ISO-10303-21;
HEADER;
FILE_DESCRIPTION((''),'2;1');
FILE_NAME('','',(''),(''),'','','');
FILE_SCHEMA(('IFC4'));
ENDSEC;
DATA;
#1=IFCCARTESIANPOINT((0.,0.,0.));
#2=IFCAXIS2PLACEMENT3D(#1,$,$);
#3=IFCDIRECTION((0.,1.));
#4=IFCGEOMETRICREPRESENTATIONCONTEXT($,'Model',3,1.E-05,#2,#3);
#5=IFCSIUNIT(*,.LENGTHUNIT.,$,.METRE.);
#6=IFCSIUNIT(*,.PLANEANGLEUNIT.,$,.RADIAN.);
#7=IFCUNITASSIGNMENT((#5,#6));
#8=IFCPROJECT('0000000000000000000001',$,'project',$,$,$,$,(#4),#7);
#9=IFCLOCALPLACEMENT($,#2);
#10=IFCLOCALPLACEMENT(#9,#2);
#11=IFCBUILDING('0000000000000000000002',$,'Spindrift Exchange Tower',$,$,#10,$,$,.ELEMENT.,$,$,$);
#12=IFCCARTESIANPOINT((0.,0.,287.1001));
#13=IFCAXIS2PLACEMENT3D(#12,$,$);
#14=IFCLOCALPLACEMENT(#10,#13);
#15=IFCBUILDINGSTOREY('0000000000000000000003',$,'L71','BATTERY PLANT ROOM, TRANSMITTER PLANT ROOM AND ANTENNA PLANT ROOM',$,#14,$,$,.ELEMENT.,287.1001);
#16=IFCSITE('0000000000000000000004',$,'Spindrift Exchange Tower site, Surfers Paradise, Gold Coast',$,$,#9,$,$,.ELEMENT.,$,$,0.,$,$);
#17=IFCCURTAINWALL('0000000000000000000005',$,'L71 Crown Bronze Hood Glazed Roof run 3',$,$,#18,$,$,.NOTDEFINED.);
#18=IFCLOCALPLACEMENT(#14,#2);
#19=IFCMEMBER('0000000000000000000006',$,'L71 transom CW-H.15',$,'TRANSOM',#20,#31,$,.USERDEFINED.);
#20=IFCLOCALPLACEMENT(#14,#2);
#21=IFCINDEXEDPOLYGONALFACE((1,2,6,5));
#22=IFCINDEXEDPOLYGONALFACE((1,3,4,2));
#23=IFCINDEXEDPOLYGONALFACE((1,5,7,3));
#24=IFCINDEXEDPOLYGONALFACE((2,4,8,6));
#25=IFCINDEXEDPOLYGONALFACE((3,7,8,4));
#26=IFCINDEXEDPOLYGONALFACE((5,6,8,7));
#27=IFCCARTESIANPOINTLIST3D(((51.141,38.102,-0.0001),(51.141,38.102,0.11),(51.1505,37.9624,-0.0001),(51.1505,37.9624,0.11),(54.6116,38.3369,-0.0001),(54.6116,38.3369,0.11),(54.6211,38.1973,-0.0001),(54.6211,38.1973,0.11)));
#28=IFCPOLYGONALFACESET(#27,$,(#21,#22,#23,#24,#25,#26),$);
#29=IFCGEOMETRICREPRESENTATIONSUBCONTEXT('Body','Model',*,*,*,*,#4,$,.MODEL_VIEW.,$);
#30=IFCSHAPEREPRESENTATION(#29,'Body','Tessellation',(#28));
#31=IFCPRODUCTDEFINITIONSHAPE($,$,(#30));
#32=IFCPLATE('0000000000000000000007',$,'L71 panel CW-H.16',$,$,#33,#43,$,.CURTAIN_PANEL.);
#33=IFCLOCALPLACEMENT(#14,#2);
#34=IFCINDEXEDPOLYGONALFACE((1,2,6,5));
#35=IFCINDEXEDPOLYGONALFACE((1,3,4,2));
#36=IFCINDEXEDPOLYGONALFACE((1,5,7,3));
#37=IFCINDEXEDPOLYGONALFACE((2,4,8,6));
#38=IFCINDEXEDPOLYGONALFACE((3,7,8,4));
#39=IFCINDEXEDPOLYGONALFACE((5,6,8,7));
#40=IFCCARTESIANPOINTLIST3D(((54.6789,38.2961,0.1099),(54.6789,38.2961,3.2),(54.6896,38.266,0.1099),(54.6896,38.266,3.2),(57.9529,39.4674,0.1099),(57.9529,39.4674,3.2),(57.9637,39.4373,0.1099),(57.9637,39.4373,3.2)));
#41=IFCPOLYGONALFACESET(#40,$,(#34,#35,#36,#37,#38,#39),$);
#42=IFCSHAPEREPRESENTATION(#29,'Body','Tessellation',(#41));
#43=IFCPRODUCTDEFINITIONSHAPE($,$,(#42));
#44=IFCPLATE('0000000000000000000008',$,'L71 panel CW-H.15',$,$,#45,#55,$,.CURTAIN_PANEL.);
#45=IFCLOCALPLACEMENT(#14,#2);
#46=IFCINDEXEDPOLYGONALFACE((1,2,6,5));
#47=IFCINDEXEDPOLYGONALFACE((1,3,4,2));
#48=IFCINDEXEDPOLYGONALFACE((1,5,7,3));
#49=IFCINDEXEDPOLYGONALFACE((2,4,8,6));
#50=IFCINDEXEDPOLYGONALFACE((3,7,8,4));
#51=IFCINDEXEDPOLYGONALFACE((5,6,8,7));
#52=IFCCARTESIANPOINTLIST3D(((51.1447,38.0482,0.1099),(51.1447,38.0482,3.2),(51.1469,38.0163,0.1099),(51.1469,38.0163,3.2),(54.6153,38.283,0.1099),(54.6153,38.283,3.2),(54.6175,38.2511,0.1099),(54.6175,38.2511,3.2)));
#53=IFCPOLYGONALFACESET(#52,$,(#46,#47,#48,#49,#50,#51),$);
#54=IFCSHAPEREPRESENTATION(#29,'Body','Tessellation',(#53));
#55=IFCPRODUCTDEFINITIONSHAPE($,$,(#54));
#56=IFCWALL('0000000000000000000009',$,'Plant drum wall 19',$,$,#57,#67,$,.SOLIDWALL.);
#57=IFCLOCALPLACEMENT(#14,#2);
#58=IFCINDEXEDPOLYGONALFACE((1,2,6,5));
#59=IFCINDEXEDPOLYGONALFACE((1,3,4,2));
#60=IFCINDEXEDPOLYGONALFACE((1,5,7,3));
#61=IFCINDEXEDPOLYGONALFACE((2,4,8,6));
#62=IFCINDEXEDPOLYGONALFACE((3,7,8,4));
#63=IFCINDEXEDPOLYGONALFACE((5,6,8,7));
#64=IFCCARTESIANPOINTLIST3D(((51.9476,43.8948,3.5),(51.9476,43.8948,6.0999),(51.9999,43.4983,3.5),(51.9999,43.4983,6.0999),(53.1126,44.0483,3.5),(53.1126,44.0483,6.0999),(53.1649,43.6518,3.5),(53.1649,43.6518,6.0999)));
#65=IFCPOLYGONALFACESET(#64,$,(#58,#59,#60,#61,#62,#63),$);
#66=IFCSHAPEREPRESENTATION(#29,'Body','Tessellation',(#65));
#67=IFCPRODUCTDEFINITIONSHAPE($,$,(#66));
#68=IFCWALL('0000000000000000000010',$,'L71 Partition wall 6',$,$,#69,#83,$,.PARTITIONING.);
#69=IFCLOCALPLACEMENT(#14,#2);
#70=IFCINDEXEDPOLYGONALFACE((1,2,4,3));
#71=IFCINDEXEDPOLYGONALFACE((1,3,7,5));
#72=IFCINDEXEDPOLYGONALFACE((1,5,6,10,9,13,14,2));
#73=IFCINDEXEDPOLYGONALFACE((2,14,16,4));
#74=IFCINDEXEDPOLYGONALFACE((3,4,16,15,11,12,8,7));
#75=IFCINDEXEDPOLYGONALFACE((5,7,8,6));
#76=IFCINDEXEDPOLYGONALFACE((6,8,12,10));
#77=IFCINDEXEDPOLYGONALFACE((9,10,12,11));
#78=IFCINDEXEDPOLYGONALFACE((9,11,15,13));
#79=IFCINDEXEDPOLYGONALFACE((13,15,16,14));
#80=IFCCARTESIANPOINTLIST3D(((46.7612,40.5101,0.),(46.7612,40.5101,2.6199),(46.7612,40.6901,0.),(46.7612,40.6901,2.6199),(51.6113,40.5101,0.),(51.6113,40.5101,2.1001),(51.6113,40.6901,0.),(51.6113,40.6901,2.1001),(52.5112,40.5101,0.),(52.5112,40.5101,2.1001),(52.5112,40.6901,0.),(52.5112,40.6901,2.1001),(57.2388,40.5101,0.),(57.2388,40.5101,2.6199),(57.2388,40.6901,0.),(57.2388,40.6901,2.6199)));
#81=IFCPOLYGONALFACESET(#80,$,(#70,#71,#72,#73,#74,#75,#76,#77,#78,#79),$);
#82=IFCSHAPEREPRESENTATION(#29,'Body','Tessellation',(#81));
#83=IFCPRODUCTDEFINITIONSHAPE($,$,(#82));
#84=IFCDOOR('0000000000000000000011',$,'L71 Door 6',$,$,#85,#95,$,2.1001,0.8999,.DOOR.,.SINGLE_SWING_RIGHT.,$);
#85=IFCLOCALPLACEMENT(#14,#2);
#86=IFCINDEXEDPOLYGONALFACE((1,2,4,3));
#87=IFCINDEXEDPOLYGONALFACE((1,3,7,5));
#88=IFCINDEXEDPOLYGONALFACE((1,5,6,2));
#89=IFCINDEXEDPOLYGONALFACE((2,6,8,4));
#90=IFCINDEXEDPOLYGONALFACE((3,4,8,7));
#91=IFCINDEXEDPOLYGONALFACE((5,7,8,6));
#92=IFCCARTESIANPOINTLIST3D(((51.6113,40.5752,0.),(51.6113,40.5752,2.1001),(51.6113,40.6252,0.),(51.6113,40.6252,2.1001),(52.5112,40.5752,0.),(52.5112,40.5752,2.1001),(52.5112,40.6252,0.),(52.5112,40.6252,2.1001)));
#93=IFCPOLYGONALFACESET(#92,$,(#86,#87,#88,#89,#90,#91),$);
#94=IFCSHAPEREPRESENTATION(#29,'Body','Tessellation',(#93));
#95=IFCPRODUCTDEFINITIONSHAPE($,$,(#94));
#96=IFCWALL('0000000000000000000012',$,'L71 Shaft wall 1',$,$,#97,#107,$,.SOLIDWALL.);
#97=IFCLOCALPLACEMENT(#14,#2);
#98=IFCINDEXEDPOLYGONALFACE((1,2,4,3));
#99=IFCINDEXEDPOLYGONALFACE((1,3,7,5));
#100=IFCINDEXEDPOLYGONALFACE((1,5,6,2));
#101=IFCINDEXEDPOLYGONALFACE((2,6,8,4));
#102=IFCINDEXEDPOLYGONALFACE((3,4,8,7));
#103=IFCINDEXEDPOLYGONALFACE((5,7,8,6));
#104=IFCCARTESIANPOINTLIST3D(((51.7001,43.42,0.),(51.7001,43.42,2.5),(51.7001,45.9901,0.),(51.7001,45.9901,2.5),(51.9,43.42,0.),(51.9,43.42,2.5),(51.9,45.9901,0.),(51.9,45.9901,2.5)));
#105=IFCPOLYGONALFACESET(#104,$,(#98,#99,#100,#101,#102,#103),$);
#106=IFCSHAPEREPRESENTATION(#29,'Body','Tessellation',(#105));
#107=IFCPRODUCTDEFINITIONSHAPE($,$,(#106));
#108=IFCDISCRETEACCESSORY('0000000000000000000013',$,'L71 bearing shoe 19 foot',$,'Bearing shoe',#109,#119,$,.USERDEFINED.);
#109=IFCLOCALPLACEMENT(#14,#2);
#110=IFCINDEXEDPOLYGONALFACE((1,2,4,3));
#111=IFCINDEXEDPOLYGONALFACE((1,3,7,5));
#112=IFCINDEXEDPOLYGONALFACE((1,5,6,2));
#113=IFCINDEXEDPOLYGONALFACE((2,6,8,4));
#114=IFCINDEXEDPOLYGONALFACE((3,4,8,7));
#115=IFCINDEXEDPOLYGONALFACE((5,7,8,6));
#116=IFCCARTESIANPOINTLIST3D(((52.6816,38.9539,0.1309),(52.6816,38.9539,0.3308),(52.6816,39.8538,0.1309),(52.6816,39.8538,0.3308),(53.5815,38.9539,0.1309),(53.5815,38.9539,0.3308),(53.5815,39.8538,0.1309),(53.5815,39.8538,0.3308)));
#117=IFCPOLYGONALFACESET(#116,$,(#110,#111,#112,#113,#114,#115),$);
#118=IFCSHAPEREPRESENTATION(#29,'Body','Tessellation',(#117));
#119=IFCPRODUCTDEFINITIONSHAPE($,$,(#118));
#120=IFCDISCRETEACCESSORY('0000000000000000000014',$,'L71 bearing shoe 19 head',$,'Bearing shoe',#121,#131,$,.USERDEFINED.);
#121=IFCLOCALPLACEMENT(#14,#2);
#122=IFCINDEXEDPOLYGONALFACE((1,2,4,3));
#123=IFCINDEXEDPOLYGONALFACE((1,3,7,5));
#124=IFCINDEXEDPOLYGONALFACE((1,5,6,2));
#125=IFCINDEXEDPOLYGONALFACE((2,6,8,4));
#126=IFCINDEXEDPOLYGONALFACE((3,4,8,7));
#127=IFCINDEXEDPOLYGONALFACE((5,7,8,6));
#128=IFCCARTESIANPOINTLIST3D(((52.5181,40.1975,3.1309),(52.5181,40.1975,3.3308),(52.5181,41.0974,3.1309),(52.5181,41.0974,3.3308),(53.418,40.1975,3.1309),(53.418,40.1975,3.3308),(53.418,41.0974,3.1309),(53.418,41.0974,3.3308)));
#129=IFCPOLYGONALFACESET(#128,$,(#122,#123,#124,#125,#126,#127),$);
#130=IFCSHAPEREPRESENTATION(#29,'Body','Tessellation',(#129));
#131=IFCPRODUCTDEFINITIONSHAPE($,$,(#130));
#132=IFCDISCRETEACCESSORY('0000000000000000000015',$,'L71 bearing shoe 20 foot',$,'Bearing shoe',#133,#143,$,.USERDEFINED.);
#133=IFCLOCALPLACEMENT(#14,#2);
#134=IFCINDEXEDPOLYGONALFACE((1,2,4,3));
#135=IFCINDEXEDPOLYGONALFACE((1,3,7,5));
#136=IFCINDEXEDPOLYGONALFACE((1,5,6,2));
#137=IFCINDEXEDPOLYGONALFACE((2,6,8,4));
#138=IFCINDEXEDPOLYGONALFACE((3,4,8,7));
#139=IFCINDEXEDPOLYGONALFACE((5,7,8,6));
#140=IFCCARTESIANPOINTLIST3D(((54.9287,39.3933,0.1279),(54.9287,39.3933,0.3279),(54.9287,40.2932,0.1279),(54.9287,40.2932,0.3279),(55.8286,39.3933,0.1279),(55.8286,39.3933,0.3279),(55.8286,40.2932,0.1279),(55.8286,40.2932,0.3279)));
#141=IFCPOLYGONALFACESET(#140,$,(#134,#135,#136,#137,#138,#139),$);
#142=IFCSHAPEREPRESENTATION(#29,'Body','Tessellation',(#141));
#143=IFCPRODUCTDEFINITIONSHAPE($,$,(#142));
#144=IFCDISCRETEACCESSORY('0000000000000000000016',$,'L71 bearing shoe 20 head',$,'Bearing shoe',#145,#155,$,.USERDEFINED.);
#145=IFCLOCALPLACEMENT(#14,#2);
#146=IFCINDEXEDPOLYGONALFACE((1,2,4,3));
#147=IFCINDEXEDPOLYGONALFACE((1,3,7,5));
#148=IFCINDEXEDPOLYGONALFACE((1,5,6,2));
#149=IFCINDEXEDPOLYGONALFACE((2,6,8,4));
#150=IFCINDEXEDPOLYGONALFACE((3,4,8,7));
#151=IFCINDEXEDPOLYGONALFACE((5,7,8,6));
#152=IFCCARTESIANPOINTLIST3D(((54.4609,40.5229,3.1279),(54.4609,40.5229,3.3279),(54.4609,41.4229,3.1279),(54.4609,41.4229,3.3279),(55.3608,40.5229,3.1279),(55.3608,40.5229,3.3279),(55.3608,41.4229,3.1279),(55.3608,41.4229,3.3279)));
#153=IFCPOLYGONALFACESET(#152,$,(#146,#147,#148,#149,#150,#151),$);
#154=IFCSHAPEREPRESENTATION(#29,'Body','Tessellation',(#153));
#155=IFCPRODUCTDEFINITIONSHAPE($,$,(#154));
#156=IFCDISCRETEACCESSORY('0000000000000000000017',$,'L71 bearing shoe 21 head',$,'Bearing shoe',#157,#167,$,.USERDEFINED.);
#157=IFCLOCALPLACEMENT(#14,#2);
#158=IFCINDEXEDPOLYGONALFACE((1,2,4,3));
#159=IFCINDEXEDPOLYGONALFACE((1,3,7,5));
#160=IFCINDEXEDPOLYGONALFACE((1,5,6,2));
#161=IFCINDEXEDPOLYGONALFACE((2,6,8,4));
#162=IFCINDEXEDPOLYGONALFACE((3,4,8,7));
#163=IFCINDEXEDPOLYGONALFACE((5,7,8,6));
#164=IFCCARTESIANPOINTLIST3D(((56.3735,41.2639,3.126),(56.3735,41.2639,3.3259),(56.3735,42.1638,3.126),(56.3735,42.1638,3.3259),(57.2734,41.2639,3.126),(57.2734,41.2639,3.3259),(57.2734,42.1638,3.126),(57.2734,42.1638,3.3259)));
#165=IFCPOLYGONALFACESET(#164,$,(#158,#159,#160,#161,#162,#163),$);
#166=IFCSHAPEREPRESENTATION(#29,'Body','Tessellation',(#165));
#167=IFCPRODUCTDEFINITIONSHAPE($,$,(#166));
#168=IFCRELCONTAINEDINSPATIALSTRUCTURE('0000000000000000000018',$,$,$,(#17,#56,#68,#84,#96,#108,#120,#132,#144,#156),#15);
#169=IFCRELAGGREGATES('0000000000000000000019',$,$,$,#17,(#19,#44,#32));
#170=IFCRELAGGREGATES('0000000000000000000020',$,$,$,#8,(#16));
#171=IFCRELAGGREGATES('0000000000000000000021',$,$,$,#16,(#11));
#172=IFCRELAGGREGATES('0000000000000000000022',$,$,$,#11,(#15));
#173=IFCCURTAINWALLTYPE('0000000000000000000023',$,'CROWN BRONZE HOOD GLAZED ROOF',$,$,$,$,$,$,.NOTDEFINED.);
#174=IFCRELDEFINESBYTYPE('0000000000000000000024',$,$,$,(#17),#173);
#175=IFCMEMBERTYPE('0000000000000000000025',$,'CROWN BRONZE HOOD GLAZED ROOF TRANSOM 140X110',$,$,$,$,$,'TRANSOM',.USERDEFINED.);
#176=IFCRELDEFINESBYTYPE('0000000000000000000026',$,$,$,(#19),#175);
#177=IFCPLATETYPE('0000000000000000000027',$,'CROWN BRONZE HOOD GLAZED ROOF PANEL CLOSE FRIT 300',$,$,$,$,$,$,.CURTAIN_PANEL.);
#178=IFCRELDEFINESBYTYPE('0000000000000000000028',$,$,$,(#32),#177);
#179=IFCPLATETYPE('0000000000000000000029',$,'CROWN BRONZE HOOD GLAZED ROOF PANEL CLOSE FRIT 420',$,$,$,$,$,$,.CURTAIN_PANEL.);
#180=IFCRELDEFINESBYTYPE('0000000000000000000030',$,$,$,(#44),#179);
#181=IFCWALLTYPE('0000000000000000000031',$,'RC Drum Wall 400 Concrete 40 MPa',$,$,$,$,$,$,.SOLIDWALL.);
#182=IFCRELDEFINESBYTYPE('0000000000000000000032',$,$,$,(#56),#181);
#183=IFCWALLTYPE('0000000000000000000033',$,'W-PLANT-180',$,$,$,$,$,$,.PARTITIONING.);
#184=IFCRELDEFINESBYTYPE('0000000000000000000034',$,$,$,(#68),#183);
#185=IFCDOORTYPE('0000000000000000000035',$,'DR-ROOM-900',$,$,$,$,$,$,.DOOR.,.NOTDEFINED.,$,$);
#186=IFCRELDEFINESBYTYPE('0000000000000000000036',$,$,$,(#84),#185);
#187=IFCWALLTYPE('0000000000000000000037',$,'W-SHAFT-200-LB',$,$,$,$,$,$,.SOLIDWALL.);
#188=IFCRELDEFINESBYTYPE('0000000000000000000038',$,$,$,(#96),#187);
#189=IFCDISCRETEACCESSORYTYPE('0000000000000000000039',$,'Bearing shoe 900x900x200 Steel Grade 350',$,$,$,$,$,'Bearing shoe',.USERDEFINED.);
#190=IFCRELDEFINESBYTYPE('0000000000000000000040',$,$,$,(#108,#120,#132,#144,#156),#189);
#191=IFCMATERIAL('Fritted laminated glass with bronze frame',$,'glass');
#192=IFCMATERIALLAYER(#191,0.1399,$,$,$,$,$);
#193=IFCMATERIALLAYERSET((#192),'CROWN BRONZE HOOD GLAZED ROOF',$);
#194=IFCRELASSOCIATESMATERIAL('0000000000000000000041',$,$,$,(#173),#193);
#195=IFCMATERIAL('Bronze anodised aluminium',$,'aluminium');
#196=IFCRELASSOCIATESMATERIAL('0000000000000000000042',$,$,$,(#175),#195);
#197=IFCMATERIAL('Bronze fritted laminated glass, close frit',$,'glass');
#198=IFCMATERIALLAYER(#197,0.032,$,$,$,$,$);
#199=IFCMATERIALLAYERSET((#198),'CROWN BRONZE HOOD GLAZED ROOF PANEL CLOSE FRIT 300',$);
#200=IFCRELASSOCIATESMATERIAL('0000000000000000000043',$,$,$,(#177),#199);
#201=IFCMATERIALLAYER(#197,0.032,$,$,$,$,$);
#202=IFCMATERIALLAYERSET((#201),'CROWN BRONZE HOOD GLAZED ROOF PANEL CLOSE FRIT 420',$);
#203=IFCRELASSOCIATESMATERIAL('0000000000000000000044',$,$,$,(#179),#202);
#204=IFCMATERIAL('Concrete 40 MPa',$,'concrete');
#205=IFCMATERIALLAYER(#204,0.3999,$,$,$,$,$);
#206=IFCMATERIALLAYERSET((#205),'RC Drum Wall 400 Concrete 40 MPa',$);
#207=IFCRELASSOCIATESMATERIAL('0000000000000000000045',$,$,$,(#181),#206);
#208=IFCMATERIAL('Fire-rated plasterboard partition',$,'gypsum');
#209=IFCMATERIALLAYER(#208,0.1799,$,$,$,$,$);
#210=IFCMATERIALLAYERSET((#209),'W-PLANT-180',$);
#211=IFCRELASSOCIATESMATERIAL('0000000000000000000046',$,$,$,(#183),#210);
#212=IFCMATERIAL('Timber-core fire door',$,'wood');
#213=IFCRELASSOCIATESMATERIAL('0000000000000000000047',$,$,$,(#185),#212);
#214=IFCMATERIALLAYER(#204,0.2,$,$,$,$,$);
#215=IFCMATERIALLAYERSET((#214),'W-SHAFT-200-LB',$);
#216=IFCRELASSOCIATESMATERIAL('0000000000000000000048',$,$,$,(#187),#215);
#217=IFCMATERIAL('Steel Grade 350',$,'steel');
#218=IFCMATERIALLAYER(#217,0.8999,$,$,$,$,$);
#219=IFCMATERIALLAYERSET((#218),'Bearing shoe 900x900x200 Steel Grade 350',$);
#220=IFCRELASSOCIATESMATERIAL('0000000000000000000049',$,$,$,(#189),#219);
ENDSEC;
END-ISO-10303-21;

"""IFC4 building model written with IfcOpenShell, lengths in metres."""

from ifc_helpers import new_model, si_unit, direction, frame, frame_2d, origin, origin_2d, place, context, subcontext, project, spatial, rectangle, extrude, source, transform, mapped, material, layer, layer_set, material_profile, profile_set, type_object, element, fill, aggregate, save


model = new_model("IFC4")

# Units and contexts
model_context = context("Model", 3, precision=1e-05, world=origin(), true_north=direction((0.0, 1.0)))
body_context = subcontext(model_context, "Body", "Model", "MODEL_VIEW")
ifc_project = project(units=[si_unit("LENGTHUNIT", "METRE"), si_unit("PLANEANGLEUNIT", "RADIAN")], contexts=[model_context])

# Site, building, storey
site_placement = place(None, origin())
site = spatial("IfcSite", under=ifc_project, at=site_placement, Name="Spindrift Exchange Tower site, Surfers Paradise, Gold Coast", CompositionType="ELEMENT", RefElevation=0.0)
building_placement = place(site_placement, origin())
building = spatial("IfcBuilding", under=site, at=building_placement, Name="Spindrift Exchange Tower", CompositionType="ELEMENT")
storey_placement = place(building_placement, frame((0.0, 0.0, 287.1001)))
storey = spatial("IfcBuildingStorey", under=building, at=storey_placement, Name="L71", Description="BATTERY PLANT ROOM, TRANSMITTER PLANT ROOM AND ANTENNA PLANT ROOM", CompositionType="ELEMENT", Elevation=287.1001)

# Shared definitions
ifc_material_1 = material(Name="Concrete 40 MPa", Category="concrete")

# Curtain wall, member, plates
ifc_material_2 = material(Name="Fritted laminated glass with bronze frame", Category="glass")
ifc_layer_1 = layer(ifc_material_2, 0.1399)
ifc_layer_set_1 = layer_set([ifc_layer_1], Name="CROWN BRONZE HOOD GLAZED ROOF")
curtain_wall_type = type_object("IfcCurtainWallType", Name="CROWN BRONZE HOOD GLAZED ROOF", PredefinedType="NOTDEFINED", material=ifc_layer_set_1)
curtain_wall_placement = place(storey_placement, origin())
curtain_wall = element("IfcCurtainWall", 1, at=curtain_wall_placement, inside=storey, type_object=curtain_wall_type, Name="L71 Crown Bronze Hood Glazed Roof run 3", PredefinedType="NOTDEFINED")
ifc_material_3 = material(Name="Bronze anodised aluminium", Category="aluminium")
ifc_material_profile_1 = material_profile(ifc_material_3, rectangle(XDim=0.1399, YDim=0.1101, at=origin_2d()), Name="CROWN BRONZE HOOD GLAZED ROOF TRANSOM 140X110")
ifc_profile_set_1 = profile_set([ifc_material_profile_1], Name="Bronze anodised aluminium")
member_type_1 = type_object("IfcMemberType", Name="CROWN BRONZE HOOD GLAZED ROOF TRANSOM 140X110", ElementType="TRANSOM", PredefinedType="USERDEFINED", material=ifc_profile_set_1)
shared_shape_1 = source(origin(), body_context, "Body", "SweptSolid", [
    extrude(rectangle(XDim=0.1399, YDim=0.1101, at=origin_2d()), origin(), (0.0, 0.0, 1.0), 3.4785),
])
member_1_placement = place(storey_placement, frame((51.1458, 38.0322, 0.0549), z_axis=(0.997718, 0.067521, 0.0), x_axis=(-0.067521, 0.997718, 0.0)))
member_1 = element("IfcMember", 2, at=member_1_placement, type_object=member_type_1, Name="L71 transom CW-H.15", ObjectType="TRANSOM", PredefinedType="USERDEFINED", context=body_context, shape_type="MappedRepresentation", body=[
    mapped(shared_shape_1, transform((0.0, 0.0, 0.0), scale=1.0)),
])
ifc_material_4 = material(Name="Bronze fritted laminated glass, close frit", Category="glass")
ifc_layer_2 = layer(ifc_material_4, 0.032)
ifc_layer_set_2 = layer_set([ifc_layer_2], Name="CROWN BRONZE HOOD GLAZED ROOF PANEL CLOSE FRIT 300")
plate_type_1 = type_object("IfcPlateType", Name="CROWN BRONZE HOOD GLAZED ROOF PANEL CLOSE FRIT 300", PredefinedType="CURTAIN_PANEL", material=ifc_layer_set_2)
shared_shape_2 = source(origin(), body_context, "Body", "SweptSolid", [
    extrude(rectangle(XDim=3.4773, YDim=0.032, at=origin_2d()), origin(), (0.0, 0.0, 1.0), 3.0901),
])
plate_1_placement = place(storey_placement, frame((56.3213, 38.8667, 0.1099), z_axis=(0.0, 0.0, 1.0), x_axis=(0.941559, 0.336847, 0.0)))
plate_1 = element("IfcPlate", 3, at=plate_1_placement, type_object=plate_type_1, Name="L71 panel CW-H.16", PredefinedType="CURTAIN_PANEL", context=body_context, shape_type="MappedRepresentation", body=[
    mapped(shared_shape_2, transform((0.0, 0.0, 0.0), scale=1.0)),
])
ifc_layer_3 = layer(ifc_material_4, 0.032)
ifc_layer_set_3 = layer_set([ifc_layer_3], Name="CROWN BRONZE HOOD GLAZED ROOF PANEL CLOSE FRIT 420")
plate_type_2 = type_object("IfcPlateType", Name="CROWN BRONZE HOOD GLAZED ROOF PANEL CLOSE FRIT 420", PredefinedType="CURTAIN_PANEL", material=ifc_layer_set_3)
shared_shape_3 = source(origin(), body_context, "Body", "SweptSolid", [
    extrude(rectangle(XDim=3.4785, YDim=0.032, at=origin_2d()), origin(), (0.0, 0.0, 1.0), 3.0901),
])
plate_2_placement = place(storey_placement, frame((52.8811, 38.1497, 0.1099), z_axis=(0.0, 0.0, 1.0), x_axis=(0.99772, 0.067493, 0.0)))
plate_2 = element("IfcPlate", 4, at=plate_2_placement, type_object=plate_type_2, Name="L71 panel CW-H.15", PredefinedType="CURTAIN_PANEL", context=body_context, shape_type="MappedRepresentation", body=[
    mapped(shared_shape_3, transform((0.0, 0.0, 0.0), scale=1.0)),
])
aggregate(curtain_wall, [member_1, plate_2, plate_1])

# Wall
ifc_layer_4 = layer(ifc_material_1, 0.3999)
ifc_layer_set_4 = layer_set([ifc_layer_4], Name="RC Drum Wall 400 Concrete 40 MPa")
wall_type_1 = type_object("IfcWallType", Name="RC Drum Wall 400 Concrete 40 MPa", PredefinedType="SOLIDWALL", material=ifc_layer_set_4)
wall_1_placement = place(storey_placement, frame((51.9739, 43.6965, 3.5), z_axis=(0.0, 0.0, 1.0), x_axis=(0.991425, 0.13068, 0.0)))
element("IfcWall", 5, at=wall_1_placement, inside=storey, type_object=wall_type_1, Name="Plant drum wall 19", PredefinedType="SOLIDWALL", context=body_context, shape_type="SweptSolid", body=[
    extrude(rectangle(XDim=1.175, YDim=0.3999, at=frame_2d((0.5874, 0.0))), origin(), (0.0, 0.0, 1.0), 2.5999),
])

# Wall, opening, door
ifc_material_5 = material(Name="Fire-rated plasterboard partition", Category="gypsum")
ifc_layer_5 = layer(ifc_material_5, 0.1799)
ifc_layer_set_5 = layer_set([ifc_layer_5], Name="W-PLANT-180")
wall_type_2 = type_object("IfcWallType", Name="W-PLANT-180", PredefinedType="PARTITIONING", material=ifc_layer_set_5)
wall_2_placement = place(storey_placement, frame((57.2388, 40.6001, 0.0), z_axis=(0.0, 0.0, 1.0), x_axis=(-1.0, 0.0, 0.0)))
wall_2 = element("IfcWall", 6, at=wall_2_placement, inside=storey, type_object=wall_type_2, Name="L71 Partition wall 6", PredefinedType="PARTITIONING", context=body_context, shape_type="SweptSolid", body=[
    extrude(rectangle(XDim=10.4775, YDim=0.1799, at=frame_2d((5.2388, 0.0))), origin(), (0.0, 0.0, 1.0), 2.6199),
])
opening_placement = place(wall_2_placement, frame((4.7275, 0.0, 0.0)))
opening = element("IfcOpeningElement", 7, at=opening_placement, cuts=wall_2, PredefinedType="OPENING", context=body_context, shape_type="SweptSolid", body=[
    extrude(rectangle(XDim=0.8999, YDim=2.1001, at=frame_2d((0.45, 1.05))), frame((0.0, 0.0999, 0.0), z_axis=(0.0, -1.0, 0.0), x_axis=(1.0, 0.0, 0.0)), (0.0, 0.0, 1.0), 0.2),
])
ifc_material_6 = material(Name="Timber-core fire door", Category="wood")
door_type = type_object("IfcDoorType", Name="DR-ROOM-900", OperationType="NOTDEFINED", PredefinedType="DOOR", material=ifc_material_6)
shared_shape_4 = source(origin(), body_context, "Body", "SweptSolid", [
    extrude(rectangle(XDim=0.8999, YDim=2.1001, at=frame_2d((0.45, 1.05))), frame((0.0, 0.0249, 0.0), z_axis=(0.0, -1.0, 0.0), x_axis=(1.0, 0.0, 0.0)), (0.0, 0.0, 1.0), 0.05),
])
door_placement = place(opening_placement, origin())
door = element("IfcDoor", 8, at=door_placement, inside=storey, type_object=door_type, Name="L71 Door 6", OperationType="SINGLE_SWING_RIGHT", OverallHeight=2.1001, OverallWidth=0.8999, PredefinedType="DOOR", context=body_context, shape_type="MappedRepresentation", body=[
    mapped(shared_shape_4, transform((0.0, 0.0, 0.0), scale=1.0)),
])
fill(opening, door)

# Wall
ifc_layer_6 = layer(ifc_material_1, 0.2)
ifc_layer_set_6 = layer_set([ifc_layer_6], Name="W-SHAFT-200-LB")
wall_type_3 = type_object("IfcWallType", Name="W-SHAFT-200-LB", PredefinedType="SOLIDWALL", material=ifc_layer_set_6)
wall_3_placement = place(storey_placement, frame((51.8, 43.4199, 0.0), z_axis=(0.0, 0.0, 1.0), x_axis=(0.0, 1.0, 0.0)))
element("IfcWall", 9, at=wall_3_placement, inside=storey, type_object=wall_type_3, Name="L71 Shaft wall 1", PredefinedType="SOLIDWALL", context=body_context, shape_type="SweptSolid", body=[
    extrude(rectangle(XDim=2.5701, YDim=0.2, at=frame_2d((1.2852, 0.0))), origin(), (0.0, 0.0, 1.0), 2.5),
])

# Discrete accessories
ifc_material_7 = material(Name="Steel Grade 350", Category="steel")
ifc_layer_7 = layer(ifc_material_7, 0.8999)
ifc_layer_set_7 = layer_set([ifc_layer_7], Name="Bearing shoe 900x900x200 Steel Grade 350")
discrete_accessory_type = type_object("IfcDiscreteAccessoryType", Name="Bearing shoe 900x900x200 Steel Grade 350", ElementType="Bearing shoe", PredefinedType="USERDEFINED", material=ifc_layer_set_7)
shared_shape_5 = source(origin(), body_context, "Body", "SweptSolid", [
    extrude(rectangle(XDim=0.8999, YDim=0.8999, at=origin_2d()), origin(), (0.0, 0.0, 1.0), 0.2),
])
for number, where, z_axis, x_axis, name in (
    (10, (53.1316, 39.4038, 0.1309), (0.0, 0.0, 1.0), (1.0, 0.0, 0.0), "L71 bearing shoe 19 foot"),
    (11, (52.968, 40.6475, 3.1309), (0.0, 0.0, 1.0), (1.0, 0.0, 0.0), "L71 bearing shoe 19 head"),
    (12, (55.3787, 39.8433, 0.1279), (0.0, 0.0, 1.0), (1.0, 0.0, 0.0), "L71 bearing shoe 20 foot"),
    (13, (54.9109, 40.9729, 3.1279), (0.0, 0.0, 1.0), (1.0, 0.0, 0.0), "L71 bearing shoe 20 head"),
    (14, (56.8235, 41.7139, 3.126), (0.0, 0.0, 1.0), (1.0, 0.0, 0.0), "L71 bearing shoe 21 head"),
):
    element("IfcDiscreteAccessory", number, at=place(storey_placement, frame(where, z_axis=z_axis, x_axis=x_axis)), inside=storey, type_object=discrete_accessory_type, Name=name, ObjectType="Bearing shoe", PredefinedType="USERDEFINED", context=body_context, shape_type="MappedRepresentation", body=[
        mapped(shared_shape_5, transform((0.0, 0.0, 0.0), scale=1.0)),
    ])

save(model, "model.ifc")
